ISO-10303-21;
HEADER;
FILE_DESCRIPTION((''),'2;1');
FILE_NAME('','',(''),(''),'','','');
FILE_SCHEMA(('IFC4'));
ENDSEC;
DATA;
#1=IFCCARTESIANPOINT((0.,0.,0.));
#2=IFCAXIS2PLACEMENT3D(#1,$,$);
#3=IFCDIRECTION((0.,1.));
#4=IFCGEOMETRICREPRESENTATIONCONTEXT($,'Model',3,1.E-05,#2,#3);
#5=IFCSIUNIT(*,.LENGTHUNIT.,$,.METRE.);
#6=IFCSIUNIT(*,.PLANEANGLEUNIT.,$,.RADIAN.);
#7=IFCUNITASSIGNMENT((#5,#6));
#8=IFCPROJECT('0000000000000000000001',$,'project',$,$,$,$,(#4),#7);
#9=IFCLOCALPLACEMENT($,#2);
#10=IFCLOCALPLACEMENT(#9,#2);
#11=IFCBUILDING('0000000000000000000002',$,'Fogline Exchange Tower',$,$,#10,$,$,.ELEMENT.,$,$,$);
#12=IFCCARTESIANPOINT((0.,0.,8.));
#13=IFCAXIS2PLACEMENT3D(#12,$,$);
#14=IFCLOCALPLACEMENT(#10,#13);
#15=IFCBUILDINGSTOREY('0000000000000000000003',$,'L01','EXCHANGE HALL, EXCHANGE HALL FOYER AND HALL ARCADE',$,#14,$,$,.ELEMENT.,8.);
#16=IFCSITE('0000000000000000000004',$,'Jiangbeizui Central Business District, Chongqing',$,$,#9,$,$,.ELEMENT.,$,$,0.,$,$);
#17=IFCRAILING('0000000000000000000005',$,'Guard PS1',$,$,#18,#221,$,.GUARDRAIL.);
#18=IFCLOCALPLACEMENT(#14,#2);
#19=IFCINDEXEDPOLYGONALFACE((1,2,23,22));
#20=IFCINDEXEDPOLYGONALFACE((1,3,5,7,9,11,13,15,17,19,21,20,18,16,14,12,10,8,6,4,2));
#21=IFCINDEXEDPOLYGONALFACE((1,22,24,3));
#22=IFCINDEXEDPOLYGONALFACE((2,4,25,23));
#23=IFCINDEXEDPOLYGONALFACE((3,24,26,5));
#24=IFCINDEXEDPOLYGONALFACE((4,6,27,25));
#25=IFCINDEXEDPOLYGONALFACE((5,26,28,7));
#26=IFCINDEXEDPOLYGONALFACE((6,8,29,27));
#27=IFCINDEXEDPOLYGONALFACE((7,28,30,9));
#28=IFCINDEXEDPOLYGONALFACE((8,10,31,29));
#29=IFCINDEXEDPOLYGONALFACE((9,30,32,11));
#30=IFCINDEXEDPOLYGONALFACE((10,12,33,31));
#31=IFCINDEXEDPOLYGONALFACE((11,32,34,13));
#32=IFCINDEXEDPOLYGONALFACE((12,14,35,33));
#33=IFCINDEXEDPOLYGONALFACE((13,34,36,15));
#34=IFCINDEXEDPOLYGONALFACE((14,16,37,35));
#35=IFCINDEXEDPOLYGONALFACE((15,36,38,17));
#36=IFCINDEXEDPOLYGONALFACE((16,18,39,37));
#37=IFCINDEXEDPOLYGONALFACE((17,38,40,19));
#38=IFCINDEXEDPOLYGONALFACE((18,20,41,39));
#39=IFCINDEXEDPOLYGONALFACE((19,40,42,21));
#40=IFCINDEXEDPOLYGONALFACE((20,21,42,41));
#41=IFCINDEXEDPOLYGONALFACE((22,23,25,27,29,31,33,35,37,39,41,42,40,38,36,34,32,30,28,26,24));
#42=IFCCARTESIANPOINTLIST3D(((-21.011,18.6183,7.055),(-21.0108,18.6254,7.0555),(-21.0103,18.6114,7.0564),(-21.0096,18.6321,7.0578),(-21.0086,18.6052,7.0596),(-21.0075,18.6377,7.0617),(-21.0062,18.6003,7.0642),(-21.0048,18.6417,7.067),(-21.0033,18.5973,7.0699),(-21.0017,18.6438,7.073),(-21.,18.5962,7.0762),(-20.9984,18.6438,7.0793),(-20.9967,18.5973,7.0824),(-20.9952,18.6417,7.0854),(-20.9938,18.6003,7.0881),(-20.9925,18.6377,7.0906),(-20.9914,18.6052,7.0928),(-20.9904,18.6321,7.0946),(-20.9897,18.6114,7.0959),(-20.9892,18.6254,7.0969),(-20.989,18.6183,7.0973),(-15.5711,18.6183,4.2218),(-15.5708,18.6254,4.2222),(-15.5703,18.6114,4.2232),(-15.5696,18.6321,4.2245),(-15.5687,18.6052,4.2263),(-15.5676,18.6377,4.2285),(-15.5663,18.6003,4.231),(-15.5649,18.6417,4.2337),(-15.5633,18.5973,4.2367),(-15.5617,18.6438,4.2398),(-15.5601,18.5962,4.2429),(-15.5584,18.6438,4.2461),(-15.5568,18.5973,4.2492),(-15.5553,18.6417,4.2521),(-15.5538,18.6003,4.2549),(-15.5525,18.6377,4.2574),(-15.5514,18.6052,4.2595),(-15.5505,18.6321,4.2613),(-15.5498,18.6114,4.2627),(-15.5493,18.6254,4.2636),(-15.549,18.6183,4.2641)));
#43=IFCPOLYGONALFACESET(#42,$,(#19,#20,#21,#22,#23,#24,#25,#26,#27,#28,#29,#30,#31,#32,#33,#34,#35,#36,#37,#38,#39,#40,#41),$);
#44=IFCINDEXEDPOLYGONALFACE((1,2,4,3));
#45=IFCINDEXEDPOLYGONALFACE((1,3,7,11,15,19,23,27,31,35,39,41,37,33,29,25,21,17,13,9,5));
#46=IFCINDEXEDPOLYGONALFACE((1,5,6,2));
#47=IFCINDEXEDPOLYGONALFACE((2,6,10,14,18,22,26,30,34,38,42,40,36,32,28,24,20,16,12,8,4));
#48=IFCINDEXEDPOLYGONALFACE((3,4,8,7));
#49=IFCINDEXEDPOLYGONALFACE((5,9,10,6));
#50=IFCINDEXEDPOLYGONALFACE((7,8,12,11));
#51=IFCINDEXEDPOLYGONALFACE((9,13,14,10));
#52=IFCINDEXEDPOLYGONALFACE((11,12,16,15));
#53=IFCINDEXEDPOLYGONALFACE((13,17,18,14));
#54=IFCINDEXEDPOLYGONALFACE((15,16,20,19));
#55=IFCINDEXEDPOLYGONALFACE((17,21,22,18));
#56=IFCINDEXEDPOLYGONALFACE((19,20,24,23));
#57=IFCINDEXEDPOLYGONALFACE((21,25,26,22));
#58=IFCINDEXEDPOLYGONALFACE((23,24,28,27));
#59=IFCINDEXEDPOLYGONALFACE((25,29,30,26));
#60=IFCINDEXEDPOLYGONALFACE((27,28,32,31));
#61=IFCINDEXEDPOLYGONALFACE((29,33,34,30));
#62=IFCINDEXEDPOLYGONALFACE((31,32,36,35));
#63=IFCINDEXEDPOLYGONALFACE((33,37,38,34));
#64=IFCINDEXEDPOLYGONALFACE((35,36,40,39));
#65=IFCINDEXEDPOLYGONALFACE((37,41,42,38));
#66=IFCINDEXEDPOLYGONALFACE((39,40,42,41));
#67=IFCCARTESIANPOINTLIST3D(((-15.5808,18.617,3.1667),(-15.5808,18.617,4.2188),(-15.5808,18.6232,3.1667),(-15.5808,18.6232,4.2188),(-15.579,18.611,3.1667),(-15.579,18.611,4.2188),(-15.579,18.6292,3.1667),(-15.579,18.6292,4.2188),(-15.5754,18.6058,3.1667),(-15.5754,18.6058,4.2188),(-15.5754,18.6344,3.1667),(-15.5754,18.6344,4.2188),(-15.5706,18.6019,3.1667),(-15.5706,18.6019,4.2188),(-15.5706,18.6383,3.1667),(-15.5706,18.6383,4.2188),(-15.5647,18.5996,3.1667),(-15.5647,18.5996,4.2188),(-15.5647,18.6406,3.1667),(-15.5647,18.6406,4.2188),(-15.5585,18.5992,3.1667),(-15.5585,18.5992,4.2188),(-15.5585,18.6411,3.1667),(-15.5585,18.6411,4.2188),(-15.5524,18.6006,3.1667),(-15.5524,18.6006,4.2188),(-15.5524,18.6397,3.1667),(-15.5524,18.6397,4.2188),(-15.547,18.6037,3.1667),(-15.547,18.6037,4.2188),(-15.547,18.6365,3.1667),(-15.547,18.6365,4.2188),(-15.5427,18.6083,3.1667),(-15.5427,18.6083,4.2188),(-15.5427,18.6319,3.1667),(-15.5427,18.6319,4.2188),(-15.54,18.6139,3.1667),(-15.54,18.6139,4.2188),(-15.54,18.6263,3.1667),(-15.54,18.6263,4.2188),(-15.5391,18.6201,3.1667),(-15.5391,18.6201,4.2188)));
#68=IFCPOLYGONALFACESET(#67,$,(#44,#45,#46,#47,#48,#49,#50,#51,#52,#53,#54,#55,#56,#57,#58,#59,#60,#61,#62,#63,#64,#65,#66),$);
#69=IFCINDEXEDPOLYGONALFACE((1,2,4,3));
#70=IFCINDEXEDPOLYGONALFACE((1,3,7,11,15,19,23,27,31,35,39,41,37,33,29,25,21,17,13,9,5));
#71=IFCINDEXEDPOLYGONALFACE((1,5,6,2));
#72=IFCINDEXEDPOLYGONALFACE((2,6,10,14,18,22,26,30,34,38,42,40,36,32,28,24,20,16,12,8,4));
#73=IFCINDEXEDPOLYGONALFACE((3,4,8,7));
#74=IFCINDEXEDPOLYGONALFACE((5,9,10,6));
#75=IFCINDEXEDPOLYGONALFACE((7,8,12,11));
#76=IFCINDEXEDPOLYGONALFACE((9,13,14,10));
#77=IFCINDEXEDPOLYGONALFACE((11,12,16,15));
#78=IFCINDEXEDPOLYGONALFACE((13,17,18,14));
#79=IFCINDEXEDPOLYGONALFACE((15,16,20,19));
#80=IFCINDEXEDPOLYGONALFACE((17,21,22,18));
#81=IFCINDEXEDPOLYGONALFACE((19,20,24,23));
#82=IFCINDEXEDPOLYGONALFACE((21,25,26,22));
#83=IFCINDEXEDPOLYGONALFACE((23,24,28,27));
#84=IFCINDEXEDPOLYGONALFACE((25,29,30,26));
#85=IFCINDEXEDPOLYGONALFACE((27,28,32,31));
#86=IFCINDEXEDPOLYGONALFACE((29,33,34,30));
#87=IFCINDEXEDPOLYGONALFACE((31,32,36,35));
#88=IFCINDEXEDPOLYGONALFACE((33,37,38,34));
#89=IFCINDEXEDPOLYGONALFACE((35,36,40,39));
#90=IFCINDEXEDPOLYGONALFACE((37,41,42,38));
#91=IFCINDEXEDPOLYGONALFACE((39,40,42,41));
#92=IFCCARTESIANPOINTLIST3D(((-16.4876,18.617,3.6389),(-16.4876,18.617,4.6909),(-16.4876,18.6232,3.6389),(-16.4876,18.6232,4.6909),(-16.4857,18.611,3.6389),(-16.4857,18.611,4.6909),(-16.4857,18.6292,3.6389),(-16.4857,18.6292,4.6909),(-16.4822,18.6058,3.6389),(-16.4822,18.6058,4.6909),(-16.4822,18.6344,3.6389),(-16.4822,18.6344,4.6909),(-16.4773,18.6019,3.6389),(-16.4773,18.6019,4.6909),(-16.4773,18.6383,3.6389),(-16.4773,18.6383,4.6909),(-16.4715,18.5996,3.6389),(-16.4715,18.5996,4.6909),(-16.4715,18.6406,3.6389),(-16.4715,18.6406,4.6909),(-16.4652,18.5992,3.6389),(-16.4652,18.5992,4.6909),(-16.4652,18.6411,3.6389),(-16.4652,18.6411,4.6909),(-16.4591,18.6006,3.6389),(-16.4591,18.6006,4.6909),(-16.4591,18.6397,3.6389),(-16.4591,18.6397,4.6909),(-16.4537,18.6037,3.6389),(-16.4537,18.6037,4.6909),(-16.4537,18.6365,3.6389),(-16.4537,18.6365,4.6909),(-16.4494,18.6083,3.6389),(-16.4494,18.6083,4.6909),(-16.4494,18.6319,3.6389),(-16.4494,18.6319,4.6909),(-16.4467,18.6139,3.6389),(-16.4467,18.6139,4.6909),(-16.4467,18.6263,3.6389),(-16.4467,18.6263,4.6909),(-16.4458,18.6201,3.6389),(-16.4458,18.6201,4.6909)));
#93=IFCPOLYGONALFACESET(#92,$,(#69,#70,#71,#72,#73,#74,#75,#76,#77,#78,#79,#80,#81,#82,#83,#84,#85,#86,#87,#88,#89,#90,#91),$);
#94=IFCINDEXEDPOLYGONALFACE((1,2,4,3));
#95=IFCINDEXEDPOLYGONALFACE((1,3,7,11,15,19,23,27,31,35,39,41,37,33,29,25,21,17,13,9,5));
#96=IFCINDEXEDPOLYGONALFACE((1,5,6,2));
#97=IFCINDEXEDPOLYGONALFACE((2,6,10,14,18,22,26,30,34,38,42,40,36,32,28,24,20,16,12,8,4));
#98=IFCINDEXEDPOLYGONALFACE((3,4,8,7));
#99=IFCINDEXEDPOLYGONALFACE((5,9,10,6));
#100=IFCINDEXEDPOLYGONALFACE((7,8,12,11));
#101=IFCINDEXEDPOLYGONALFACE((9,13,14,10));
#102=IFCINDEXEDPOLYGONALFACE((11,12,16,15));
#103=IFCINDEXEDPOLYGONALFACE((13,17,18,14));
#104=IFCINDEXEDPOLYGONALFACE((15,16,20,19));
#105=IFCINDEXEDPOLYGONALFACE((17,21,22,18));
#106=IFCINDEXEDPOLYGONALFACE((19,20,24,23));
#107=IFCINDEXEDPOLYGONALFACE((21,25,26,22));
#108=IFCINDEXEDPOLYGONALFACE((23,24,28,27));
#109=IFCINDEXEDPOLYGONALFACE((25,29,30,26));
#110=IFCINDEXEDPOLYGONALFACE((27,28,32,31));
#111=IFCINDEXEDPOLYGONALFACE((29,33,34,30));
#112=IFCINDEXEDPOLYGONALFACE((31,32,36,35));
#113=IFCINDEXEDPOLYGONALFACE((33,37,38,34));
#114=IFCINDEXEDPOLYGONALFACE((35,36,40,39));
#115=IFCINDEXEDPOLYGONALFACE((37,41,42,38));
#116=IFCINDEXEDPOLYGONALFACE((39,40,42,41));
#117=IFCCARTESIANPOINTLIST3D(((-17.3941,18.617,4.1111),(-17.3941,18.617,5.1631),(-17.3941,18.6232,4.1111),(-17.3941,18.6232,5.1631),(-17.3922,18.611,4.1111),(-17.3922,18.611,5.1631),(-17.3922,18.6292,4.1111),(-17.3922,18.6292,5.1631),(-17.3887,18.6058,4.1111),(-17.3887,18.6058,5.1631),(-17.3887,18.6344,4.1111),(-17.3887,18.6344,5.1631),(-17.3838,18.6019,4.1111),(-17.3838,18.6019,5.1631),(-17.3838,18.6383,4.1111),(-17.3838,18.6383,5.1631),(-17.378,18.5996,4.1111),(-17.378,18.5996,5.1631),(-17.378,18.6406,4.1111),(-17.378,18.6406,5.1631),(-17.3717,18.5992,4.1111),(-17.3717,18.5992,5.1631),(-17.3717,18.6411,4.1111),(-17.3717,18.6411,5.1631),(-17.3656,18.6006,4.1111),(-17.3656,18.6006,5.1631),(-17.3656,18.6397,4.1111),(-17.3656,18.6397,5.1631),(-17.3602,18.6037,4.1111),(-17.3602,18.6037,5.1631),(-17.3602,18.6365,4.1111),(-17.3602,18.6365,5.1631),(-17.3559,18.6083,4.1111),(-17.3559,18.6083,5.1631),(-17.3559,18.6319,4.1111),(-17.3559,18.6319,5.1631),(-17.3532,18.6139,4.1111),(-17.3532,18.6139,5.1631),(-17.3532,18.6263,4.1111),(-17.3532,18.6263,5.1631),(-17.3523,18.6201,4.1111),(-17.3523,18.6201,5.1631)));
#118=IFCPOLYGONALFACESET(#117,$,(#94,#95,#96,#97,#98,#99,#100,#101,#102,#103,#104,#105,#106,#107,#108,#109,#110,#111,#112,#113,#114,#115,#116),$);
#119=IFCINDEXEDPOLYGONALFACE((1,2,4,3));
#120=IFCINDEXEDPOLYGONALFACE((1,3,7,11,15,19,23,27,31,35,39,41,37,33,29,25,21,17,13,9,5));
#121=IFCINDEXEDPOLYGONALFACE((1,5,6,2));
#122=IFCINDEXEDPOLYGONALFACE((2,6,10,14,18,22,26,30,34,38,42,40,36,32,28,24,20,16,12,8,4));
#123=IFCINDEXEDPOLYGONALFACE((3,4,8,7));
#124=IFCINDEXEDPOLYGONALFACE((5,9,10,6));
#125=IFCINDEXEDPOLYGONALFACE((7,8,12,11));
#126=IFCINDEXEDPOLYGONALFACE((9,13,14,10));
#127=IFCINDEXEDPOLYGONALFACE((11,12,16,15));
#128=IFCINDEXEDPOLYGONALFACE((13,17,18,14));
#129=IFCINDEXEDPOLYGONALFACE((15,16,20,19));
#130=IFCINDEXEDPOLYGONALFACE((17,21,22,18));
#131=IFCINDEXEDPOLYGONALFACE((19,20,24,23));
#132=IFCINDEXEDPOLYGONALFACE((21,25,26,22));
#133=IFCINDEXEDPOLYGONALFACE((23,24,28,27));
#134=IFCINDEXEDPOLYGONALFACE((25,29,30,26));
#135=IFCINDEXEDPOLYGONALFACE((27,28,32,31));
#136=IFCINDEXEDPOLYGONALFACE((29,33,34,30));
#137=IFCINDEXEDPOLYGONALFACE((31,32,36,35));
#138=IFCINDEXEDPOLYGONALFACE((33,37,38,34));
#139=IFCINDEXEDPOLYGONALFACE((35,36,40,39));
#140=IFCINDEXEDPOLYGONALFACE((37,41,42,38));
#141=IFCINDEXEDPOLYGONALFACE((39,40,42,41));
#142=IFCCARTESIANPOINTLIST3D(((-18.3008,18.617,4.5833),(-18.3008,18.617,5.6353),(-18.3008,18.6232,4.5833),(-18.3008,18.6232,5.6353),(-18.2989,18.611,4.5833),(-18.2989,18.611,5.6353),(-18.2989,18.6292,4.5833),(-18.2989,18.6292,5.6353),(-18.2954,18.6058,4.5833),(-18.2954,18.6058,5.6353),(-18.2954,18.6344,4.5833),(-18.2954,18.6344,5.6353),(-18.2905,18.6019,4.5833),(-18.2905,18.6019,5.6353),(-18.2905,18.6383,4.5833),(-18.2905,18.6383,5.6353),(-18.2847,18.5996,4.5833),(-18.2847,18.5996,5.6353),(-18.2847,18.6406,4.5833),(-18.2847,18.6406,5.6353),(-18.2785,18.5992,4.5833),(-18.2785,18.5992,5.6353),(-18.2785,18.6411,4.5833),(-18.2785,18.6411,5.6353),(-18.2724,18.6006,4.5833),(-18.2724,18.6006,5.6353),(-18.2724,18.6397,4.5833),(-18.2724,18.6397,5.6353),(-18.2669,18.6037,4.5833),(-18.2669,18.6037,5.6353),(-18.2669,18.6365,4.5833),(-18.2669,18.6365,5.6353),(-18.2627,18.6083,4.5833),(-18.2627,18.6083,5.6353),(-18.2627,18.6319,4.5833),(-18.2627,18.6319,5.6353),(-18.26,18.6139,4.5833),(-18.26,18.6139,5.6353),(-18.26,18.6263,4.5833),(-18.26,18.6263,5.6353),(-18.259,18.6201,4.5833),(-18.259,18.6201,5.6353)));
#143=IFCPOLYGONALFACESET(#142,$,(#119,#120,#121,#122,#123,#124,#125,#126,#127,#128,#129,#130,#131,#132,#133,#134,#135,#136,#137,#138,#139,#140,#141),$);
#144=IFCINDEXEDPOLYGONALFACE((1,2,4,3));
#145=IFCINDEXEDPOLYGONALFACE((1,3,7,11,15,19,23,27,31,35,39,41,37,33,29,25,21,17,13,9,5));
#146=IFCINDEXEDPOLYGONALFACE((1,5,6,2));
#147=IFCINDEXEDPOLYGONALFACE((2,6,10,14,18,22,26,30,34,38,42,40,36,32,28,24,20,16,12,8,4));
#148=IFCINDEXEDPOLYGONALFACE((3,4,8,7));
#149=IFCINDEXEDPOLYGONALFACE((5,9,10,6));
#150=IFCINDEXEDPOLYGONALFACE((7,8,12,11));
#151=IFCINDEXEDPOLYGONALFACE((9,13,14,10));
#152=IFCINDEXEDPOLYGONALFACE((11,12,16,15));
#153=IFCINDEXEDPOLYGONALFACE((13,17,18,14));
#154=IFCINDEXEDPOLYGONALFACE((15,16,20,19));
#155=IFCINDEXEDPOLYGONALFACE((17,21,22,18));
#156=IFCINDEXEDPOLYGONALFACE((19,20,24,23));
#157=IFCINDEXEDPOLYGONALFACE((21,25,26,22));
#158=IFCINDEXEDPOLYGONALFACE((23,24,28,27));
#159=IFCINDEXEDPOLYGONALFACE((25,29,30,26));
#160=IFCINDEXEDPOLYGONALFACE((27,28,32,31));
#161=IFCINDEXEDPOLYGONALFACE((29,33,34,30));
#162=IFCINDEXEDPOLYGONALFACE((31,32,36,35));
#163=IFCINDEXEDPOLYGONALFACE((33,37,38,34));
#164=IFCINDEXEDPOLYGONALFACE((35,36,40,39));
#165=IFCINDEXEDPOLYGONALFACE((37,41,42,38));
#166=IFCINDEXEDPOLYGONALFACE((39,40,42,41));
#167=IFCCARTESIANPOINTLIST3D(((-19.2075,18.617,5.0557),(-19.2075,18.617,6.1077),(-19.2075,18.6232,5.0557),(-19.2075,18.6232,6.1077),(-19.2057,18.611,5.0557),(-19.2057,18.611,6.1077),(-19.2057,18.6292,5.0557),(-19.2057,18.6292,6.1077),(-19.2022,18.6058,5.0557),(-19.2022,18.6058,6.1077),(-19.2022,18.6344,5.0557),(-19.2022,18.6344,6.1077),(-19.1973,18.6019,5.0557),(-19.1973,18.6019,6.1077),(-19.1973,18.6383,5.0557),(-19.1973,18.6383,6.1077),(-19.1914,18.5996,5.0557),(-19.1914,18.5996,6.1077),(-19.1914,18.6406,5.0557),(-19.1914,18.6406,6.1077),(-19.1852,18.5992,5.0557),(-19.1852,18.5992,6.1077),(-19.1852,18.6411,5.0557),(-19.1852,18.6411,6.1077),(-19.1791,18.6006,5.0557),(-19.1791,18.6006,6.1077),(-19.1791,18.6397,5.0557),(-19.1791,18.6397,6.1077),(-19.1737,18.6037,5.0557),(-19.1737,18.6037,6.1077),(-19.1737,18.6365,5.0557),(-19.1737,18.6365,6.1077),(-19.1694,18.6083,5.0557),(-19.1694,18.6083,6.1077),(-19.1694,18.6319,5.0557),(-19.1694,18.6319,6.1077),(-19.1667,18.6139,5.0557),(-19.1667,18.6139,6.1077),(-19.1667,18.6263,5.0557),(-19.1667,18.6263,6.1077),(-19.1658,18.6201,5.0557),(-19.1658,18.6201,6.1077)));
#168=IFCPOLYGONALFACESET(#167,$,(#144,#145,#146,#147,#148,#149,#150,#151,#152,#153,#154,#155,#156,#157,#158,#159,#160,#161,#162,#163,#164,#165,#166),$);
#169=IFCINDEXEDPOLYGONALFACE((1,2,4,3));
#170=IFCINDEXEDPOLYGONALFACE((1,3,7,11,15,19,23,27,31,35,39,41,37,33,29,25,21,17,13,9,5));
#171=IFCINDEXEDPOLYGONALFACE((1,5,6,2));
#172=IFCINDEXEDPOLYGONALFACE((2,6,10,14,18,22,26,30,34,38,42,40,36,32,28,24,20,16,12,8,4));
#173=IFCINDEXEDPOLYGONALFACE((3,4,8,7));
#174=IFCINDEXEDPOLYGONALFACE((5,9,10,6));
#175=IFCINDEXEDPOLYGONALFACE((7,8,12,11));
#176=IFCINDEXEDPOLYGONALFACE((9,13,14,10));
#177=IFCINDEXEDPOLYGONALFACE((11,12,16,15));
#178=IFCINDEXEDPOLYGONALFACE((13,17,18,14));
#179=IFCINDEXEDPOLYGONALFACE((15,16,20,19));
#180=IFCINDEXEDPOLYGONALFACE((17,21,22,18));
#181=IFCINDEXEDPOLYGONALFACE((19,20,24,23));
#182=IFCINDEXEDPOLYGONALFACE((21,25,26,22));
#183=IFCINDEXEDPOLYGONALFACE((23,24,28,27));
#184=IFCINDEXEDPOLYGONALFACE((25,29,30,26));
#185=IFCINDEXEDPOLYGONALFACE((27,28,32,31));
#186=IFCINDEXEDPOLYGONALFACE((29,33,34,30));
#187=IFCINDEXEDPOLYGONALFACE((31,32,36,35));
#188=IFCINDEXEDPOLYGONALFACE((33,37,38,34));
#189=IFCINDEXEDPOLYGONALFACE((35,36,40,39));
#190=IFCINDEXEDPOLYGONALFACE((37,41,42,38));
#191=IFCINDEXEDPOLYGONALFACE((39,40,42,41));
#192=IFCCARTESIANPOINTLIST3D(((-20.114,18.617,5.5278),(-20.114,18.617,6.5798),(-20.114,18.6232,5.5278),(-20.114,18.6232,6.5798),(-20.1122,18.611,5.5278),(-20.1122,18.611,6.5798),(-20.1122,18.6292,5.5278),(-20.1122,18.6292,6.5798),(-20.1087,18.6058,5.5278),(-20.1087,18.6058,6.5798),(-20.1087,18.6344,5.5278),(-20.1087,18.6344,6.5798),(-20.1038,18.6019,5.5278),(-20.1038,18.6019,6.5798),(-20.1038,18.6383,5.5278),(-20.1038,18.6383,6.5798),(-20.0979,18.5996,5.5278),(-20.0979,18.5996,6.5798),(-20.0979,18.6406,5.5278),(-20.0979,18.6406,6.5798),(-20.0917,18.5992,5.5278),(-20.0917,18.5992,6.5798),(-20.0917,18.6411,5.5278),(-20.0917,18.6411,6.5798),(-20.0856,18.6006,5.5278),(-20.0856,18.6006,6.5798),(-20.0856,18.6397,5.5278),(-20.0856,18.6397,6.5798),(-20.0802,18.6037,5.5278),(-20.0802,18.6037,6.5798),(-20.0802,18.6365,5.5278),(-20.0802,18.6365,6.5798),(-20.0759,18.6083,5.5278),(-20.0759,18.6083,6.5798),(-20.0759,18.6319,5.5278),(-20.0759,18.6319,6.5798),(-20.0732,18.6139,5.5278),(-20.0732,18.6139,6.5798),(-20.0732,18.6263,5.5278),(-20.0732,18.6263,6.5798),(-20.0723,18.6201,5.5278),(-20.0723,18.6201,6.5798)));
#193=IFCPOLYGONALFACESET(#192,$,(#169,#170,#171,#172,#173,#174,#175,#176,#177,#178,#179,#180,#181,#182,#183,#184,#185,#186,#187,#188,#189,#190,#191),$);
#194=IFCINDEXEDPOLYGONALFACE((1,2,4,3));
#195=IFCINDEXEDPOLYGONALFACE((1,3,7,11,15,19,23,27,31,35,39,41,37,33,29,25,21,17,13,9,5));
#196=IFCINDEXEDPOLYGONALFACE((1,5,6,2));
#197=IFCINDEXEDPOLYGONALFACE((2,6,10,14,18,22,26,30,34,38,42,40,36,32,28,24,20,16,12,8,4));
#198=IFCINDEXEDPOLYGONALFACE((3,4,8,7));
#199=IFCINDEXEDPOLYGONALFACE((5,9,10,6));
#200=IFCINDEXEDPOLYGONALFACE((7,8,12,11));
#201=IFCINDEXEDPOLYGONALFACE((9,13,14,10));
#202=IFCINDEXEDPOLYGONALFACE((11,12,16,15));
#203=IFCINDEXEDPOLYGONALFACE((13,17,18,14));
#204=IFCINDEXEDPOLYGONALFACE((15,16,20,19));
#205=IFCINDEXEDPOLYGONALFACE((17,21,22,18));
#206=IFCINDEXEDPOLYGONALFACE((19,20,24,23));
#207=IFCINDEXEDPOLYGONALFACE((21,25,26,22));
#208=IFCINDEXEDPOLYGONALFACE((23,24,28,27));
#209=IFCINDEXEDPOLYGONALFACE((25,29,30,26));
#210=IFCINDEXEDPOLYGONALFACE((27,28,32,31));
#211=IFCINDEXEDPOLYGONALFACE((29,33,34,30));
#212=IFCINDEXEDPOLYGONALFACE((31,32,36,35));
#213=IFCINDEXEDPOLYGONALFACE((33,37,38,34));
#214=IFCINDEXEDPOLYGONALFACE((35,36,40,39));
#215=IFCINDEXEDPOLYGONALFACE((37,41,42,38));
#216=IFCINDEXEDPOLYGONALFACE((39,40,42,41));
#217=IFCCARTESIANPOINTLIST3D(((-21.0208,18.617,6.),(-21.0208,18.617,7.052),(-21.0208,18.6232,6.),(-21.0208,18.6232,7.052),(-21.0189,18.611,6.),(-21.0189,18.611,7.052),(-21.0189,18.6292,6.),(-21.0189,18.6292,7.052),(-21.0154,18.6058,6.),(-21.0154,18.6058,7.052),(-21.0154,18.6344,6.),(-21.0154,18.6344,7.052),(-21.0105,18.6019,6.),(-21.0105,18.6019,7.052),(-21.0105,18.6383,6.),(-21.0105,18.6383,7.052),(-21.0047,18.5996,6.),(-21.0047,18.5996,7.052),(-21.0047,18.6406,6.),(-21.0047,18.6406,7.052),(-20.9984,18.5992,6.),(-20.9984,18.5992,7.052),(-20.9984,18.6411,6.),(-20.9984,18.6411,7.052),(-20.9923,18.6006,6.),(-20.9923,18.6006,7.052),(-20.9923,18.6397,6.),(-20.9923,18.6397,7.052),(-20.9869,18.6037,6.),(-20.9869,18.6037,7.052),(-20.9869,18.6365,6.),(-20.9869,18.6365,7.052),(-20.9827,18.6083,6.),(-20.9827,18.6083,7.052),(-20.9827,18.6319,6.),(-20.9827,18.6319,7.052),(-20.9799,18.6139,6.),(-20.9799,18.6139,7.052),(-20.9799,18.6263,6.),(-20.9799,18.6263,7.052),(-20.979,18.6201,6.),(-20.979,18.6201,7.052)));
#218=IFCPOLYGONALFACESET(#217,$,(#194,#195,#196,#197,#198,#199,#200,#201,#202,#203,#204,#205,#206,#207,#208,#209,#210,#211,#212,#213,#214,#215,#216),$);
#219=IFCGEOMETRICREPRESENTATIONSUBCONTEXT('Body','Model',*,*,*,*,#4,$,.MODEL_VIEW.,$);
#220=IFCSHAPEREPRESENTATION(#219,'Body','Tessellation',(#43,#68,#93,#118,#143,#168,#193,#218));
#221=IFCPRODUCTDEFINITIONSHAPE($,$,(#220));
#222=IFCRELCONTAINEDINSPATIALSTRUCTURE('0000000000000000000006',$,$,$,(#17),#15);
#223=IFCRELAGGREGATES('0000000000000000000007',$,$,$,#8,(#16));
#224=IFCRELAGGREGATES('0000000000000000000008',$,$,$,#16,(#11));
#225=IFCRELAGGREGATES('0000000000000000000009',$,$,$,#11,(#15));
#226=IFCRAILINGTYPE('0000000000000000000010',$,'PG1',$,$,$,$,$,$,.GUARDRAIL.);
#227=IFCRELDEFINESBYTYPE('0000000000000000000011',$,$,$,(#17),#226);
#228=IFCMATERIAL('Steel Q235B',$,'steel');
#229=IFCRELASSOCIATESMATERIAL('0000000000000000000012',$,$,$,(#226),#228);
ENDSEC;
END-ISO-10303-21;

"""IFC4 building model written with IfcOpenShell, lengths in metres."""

from ifc_helpers import new_model, si_unit, direction, frame, origin, origin_2d, place, context, subcontext, project, spatial, circle, extrude, material, type_object, element, save


model = new_model("IFC4")

# Units and contexts
model_context = context("Model", 3, precision=1e-05, world=origin(), true_north=direction((0.0, 1.0)))
body_context = subcontext(model_context, "Body", "Model", "MODEL_VIEW")
ifc_project = project(units=[si_unit("LENGTHUNIT", "METRE"), si_unit("PLANEANGLEUNIT", "RADIAN")], contexts=[model_context])

# Site, building, storey
site_placement = place(None, origin())
site = spatial("IfcSite", under=ifc_project, at=site_placement, Name="Jiangbeizui Central Business District, Chongqing", CompositionType="ELEMENT", RefElevation=0.0)
building_placement = place(site_placement, origin())
building = spatial("IfcBuilding", under=site, at=building_placement, Name="Fogline Exchange Tower", CompositionType="ELEMENT")
storey_placement = place(building_placement, frame((0.0, 0.0, 8.0)))
storey = spatial("IfcBuildingStorey", under=building, at=storey_placement, Name="L01", Description="EXCHANGE HALL, EXCHANGE HALL FOYER AND HALL ARCADE", CompositionType="ELEMENT", Elevation=8.0)

# Shared definitions
ifc_material_1 = material(Name="Steel Q235B", Category="steel")

# Railing
railing_type_1 = type_object("IfcRailingType", Name="PG1", PredefinedType="GUARDRAIL", material=ifc_material_1)
railing_1_placement = place(storey_placement, frame((-15.5601, 18.6201, 3.1667)))
element("IfcRailing", 1, at=railing_1_placement, inside=storey, type_object=railing_type_1, Name="Guard PS1", PredefinedType="GUARDRAIL", context=body_context, shape_type="SweptSolid", body=[
    extrude(circle(Radius=0.0239, at=origin_2d()), frame((0.0, 0.0, 1.0762), z_axis=(-0.886917, 0.0, 0.461928), x_axis=(0.0, -1.0, 0.0)), (0.0, 0.0, 1.0), 6.1335),
    extrude(circle(Radius=0.021, at=origin_2d()), origin(), (0.0, 0.0, 1.0), 1.052),
    extrude(circle(Radius=0.021, at=origin_2d()), frame((-0.9067, 0.0, 0.4722)), (0.0, 0.0, 1.0), 1.052),
    extrude(circle(Radius=0.021, at=origin_2d()), frame((-1.8132, 0.0, 0.9443)), (0.0, 0.0, 1.0), 1.052),
    extrude(circle(Radius=0.021, at=origin_2d()), frame((-2.72, 0.0, 1.4165)), (0.0, 0.0, 1.0), 1.052),
    extrude(circle(Radius=0.021, at=origin_2d()), frame((-3.6267, 0.0, 1.8889)), (0.0, 0.0, 1.0), 1.052),
    extrude(circle(Radius=0.021, at=origin_2d()), frame((-4.5332, 0.0, 2.3611)), (0.0, 0.0, 1.0), 1.052),
    extrude(circle(Radius=0.021, at=origin_2d()), frame((-5.4399, 0.0, 2.8333)), (0.0, 0.0, 1.0), 1.052),
])

save(model, "model.ifc")
